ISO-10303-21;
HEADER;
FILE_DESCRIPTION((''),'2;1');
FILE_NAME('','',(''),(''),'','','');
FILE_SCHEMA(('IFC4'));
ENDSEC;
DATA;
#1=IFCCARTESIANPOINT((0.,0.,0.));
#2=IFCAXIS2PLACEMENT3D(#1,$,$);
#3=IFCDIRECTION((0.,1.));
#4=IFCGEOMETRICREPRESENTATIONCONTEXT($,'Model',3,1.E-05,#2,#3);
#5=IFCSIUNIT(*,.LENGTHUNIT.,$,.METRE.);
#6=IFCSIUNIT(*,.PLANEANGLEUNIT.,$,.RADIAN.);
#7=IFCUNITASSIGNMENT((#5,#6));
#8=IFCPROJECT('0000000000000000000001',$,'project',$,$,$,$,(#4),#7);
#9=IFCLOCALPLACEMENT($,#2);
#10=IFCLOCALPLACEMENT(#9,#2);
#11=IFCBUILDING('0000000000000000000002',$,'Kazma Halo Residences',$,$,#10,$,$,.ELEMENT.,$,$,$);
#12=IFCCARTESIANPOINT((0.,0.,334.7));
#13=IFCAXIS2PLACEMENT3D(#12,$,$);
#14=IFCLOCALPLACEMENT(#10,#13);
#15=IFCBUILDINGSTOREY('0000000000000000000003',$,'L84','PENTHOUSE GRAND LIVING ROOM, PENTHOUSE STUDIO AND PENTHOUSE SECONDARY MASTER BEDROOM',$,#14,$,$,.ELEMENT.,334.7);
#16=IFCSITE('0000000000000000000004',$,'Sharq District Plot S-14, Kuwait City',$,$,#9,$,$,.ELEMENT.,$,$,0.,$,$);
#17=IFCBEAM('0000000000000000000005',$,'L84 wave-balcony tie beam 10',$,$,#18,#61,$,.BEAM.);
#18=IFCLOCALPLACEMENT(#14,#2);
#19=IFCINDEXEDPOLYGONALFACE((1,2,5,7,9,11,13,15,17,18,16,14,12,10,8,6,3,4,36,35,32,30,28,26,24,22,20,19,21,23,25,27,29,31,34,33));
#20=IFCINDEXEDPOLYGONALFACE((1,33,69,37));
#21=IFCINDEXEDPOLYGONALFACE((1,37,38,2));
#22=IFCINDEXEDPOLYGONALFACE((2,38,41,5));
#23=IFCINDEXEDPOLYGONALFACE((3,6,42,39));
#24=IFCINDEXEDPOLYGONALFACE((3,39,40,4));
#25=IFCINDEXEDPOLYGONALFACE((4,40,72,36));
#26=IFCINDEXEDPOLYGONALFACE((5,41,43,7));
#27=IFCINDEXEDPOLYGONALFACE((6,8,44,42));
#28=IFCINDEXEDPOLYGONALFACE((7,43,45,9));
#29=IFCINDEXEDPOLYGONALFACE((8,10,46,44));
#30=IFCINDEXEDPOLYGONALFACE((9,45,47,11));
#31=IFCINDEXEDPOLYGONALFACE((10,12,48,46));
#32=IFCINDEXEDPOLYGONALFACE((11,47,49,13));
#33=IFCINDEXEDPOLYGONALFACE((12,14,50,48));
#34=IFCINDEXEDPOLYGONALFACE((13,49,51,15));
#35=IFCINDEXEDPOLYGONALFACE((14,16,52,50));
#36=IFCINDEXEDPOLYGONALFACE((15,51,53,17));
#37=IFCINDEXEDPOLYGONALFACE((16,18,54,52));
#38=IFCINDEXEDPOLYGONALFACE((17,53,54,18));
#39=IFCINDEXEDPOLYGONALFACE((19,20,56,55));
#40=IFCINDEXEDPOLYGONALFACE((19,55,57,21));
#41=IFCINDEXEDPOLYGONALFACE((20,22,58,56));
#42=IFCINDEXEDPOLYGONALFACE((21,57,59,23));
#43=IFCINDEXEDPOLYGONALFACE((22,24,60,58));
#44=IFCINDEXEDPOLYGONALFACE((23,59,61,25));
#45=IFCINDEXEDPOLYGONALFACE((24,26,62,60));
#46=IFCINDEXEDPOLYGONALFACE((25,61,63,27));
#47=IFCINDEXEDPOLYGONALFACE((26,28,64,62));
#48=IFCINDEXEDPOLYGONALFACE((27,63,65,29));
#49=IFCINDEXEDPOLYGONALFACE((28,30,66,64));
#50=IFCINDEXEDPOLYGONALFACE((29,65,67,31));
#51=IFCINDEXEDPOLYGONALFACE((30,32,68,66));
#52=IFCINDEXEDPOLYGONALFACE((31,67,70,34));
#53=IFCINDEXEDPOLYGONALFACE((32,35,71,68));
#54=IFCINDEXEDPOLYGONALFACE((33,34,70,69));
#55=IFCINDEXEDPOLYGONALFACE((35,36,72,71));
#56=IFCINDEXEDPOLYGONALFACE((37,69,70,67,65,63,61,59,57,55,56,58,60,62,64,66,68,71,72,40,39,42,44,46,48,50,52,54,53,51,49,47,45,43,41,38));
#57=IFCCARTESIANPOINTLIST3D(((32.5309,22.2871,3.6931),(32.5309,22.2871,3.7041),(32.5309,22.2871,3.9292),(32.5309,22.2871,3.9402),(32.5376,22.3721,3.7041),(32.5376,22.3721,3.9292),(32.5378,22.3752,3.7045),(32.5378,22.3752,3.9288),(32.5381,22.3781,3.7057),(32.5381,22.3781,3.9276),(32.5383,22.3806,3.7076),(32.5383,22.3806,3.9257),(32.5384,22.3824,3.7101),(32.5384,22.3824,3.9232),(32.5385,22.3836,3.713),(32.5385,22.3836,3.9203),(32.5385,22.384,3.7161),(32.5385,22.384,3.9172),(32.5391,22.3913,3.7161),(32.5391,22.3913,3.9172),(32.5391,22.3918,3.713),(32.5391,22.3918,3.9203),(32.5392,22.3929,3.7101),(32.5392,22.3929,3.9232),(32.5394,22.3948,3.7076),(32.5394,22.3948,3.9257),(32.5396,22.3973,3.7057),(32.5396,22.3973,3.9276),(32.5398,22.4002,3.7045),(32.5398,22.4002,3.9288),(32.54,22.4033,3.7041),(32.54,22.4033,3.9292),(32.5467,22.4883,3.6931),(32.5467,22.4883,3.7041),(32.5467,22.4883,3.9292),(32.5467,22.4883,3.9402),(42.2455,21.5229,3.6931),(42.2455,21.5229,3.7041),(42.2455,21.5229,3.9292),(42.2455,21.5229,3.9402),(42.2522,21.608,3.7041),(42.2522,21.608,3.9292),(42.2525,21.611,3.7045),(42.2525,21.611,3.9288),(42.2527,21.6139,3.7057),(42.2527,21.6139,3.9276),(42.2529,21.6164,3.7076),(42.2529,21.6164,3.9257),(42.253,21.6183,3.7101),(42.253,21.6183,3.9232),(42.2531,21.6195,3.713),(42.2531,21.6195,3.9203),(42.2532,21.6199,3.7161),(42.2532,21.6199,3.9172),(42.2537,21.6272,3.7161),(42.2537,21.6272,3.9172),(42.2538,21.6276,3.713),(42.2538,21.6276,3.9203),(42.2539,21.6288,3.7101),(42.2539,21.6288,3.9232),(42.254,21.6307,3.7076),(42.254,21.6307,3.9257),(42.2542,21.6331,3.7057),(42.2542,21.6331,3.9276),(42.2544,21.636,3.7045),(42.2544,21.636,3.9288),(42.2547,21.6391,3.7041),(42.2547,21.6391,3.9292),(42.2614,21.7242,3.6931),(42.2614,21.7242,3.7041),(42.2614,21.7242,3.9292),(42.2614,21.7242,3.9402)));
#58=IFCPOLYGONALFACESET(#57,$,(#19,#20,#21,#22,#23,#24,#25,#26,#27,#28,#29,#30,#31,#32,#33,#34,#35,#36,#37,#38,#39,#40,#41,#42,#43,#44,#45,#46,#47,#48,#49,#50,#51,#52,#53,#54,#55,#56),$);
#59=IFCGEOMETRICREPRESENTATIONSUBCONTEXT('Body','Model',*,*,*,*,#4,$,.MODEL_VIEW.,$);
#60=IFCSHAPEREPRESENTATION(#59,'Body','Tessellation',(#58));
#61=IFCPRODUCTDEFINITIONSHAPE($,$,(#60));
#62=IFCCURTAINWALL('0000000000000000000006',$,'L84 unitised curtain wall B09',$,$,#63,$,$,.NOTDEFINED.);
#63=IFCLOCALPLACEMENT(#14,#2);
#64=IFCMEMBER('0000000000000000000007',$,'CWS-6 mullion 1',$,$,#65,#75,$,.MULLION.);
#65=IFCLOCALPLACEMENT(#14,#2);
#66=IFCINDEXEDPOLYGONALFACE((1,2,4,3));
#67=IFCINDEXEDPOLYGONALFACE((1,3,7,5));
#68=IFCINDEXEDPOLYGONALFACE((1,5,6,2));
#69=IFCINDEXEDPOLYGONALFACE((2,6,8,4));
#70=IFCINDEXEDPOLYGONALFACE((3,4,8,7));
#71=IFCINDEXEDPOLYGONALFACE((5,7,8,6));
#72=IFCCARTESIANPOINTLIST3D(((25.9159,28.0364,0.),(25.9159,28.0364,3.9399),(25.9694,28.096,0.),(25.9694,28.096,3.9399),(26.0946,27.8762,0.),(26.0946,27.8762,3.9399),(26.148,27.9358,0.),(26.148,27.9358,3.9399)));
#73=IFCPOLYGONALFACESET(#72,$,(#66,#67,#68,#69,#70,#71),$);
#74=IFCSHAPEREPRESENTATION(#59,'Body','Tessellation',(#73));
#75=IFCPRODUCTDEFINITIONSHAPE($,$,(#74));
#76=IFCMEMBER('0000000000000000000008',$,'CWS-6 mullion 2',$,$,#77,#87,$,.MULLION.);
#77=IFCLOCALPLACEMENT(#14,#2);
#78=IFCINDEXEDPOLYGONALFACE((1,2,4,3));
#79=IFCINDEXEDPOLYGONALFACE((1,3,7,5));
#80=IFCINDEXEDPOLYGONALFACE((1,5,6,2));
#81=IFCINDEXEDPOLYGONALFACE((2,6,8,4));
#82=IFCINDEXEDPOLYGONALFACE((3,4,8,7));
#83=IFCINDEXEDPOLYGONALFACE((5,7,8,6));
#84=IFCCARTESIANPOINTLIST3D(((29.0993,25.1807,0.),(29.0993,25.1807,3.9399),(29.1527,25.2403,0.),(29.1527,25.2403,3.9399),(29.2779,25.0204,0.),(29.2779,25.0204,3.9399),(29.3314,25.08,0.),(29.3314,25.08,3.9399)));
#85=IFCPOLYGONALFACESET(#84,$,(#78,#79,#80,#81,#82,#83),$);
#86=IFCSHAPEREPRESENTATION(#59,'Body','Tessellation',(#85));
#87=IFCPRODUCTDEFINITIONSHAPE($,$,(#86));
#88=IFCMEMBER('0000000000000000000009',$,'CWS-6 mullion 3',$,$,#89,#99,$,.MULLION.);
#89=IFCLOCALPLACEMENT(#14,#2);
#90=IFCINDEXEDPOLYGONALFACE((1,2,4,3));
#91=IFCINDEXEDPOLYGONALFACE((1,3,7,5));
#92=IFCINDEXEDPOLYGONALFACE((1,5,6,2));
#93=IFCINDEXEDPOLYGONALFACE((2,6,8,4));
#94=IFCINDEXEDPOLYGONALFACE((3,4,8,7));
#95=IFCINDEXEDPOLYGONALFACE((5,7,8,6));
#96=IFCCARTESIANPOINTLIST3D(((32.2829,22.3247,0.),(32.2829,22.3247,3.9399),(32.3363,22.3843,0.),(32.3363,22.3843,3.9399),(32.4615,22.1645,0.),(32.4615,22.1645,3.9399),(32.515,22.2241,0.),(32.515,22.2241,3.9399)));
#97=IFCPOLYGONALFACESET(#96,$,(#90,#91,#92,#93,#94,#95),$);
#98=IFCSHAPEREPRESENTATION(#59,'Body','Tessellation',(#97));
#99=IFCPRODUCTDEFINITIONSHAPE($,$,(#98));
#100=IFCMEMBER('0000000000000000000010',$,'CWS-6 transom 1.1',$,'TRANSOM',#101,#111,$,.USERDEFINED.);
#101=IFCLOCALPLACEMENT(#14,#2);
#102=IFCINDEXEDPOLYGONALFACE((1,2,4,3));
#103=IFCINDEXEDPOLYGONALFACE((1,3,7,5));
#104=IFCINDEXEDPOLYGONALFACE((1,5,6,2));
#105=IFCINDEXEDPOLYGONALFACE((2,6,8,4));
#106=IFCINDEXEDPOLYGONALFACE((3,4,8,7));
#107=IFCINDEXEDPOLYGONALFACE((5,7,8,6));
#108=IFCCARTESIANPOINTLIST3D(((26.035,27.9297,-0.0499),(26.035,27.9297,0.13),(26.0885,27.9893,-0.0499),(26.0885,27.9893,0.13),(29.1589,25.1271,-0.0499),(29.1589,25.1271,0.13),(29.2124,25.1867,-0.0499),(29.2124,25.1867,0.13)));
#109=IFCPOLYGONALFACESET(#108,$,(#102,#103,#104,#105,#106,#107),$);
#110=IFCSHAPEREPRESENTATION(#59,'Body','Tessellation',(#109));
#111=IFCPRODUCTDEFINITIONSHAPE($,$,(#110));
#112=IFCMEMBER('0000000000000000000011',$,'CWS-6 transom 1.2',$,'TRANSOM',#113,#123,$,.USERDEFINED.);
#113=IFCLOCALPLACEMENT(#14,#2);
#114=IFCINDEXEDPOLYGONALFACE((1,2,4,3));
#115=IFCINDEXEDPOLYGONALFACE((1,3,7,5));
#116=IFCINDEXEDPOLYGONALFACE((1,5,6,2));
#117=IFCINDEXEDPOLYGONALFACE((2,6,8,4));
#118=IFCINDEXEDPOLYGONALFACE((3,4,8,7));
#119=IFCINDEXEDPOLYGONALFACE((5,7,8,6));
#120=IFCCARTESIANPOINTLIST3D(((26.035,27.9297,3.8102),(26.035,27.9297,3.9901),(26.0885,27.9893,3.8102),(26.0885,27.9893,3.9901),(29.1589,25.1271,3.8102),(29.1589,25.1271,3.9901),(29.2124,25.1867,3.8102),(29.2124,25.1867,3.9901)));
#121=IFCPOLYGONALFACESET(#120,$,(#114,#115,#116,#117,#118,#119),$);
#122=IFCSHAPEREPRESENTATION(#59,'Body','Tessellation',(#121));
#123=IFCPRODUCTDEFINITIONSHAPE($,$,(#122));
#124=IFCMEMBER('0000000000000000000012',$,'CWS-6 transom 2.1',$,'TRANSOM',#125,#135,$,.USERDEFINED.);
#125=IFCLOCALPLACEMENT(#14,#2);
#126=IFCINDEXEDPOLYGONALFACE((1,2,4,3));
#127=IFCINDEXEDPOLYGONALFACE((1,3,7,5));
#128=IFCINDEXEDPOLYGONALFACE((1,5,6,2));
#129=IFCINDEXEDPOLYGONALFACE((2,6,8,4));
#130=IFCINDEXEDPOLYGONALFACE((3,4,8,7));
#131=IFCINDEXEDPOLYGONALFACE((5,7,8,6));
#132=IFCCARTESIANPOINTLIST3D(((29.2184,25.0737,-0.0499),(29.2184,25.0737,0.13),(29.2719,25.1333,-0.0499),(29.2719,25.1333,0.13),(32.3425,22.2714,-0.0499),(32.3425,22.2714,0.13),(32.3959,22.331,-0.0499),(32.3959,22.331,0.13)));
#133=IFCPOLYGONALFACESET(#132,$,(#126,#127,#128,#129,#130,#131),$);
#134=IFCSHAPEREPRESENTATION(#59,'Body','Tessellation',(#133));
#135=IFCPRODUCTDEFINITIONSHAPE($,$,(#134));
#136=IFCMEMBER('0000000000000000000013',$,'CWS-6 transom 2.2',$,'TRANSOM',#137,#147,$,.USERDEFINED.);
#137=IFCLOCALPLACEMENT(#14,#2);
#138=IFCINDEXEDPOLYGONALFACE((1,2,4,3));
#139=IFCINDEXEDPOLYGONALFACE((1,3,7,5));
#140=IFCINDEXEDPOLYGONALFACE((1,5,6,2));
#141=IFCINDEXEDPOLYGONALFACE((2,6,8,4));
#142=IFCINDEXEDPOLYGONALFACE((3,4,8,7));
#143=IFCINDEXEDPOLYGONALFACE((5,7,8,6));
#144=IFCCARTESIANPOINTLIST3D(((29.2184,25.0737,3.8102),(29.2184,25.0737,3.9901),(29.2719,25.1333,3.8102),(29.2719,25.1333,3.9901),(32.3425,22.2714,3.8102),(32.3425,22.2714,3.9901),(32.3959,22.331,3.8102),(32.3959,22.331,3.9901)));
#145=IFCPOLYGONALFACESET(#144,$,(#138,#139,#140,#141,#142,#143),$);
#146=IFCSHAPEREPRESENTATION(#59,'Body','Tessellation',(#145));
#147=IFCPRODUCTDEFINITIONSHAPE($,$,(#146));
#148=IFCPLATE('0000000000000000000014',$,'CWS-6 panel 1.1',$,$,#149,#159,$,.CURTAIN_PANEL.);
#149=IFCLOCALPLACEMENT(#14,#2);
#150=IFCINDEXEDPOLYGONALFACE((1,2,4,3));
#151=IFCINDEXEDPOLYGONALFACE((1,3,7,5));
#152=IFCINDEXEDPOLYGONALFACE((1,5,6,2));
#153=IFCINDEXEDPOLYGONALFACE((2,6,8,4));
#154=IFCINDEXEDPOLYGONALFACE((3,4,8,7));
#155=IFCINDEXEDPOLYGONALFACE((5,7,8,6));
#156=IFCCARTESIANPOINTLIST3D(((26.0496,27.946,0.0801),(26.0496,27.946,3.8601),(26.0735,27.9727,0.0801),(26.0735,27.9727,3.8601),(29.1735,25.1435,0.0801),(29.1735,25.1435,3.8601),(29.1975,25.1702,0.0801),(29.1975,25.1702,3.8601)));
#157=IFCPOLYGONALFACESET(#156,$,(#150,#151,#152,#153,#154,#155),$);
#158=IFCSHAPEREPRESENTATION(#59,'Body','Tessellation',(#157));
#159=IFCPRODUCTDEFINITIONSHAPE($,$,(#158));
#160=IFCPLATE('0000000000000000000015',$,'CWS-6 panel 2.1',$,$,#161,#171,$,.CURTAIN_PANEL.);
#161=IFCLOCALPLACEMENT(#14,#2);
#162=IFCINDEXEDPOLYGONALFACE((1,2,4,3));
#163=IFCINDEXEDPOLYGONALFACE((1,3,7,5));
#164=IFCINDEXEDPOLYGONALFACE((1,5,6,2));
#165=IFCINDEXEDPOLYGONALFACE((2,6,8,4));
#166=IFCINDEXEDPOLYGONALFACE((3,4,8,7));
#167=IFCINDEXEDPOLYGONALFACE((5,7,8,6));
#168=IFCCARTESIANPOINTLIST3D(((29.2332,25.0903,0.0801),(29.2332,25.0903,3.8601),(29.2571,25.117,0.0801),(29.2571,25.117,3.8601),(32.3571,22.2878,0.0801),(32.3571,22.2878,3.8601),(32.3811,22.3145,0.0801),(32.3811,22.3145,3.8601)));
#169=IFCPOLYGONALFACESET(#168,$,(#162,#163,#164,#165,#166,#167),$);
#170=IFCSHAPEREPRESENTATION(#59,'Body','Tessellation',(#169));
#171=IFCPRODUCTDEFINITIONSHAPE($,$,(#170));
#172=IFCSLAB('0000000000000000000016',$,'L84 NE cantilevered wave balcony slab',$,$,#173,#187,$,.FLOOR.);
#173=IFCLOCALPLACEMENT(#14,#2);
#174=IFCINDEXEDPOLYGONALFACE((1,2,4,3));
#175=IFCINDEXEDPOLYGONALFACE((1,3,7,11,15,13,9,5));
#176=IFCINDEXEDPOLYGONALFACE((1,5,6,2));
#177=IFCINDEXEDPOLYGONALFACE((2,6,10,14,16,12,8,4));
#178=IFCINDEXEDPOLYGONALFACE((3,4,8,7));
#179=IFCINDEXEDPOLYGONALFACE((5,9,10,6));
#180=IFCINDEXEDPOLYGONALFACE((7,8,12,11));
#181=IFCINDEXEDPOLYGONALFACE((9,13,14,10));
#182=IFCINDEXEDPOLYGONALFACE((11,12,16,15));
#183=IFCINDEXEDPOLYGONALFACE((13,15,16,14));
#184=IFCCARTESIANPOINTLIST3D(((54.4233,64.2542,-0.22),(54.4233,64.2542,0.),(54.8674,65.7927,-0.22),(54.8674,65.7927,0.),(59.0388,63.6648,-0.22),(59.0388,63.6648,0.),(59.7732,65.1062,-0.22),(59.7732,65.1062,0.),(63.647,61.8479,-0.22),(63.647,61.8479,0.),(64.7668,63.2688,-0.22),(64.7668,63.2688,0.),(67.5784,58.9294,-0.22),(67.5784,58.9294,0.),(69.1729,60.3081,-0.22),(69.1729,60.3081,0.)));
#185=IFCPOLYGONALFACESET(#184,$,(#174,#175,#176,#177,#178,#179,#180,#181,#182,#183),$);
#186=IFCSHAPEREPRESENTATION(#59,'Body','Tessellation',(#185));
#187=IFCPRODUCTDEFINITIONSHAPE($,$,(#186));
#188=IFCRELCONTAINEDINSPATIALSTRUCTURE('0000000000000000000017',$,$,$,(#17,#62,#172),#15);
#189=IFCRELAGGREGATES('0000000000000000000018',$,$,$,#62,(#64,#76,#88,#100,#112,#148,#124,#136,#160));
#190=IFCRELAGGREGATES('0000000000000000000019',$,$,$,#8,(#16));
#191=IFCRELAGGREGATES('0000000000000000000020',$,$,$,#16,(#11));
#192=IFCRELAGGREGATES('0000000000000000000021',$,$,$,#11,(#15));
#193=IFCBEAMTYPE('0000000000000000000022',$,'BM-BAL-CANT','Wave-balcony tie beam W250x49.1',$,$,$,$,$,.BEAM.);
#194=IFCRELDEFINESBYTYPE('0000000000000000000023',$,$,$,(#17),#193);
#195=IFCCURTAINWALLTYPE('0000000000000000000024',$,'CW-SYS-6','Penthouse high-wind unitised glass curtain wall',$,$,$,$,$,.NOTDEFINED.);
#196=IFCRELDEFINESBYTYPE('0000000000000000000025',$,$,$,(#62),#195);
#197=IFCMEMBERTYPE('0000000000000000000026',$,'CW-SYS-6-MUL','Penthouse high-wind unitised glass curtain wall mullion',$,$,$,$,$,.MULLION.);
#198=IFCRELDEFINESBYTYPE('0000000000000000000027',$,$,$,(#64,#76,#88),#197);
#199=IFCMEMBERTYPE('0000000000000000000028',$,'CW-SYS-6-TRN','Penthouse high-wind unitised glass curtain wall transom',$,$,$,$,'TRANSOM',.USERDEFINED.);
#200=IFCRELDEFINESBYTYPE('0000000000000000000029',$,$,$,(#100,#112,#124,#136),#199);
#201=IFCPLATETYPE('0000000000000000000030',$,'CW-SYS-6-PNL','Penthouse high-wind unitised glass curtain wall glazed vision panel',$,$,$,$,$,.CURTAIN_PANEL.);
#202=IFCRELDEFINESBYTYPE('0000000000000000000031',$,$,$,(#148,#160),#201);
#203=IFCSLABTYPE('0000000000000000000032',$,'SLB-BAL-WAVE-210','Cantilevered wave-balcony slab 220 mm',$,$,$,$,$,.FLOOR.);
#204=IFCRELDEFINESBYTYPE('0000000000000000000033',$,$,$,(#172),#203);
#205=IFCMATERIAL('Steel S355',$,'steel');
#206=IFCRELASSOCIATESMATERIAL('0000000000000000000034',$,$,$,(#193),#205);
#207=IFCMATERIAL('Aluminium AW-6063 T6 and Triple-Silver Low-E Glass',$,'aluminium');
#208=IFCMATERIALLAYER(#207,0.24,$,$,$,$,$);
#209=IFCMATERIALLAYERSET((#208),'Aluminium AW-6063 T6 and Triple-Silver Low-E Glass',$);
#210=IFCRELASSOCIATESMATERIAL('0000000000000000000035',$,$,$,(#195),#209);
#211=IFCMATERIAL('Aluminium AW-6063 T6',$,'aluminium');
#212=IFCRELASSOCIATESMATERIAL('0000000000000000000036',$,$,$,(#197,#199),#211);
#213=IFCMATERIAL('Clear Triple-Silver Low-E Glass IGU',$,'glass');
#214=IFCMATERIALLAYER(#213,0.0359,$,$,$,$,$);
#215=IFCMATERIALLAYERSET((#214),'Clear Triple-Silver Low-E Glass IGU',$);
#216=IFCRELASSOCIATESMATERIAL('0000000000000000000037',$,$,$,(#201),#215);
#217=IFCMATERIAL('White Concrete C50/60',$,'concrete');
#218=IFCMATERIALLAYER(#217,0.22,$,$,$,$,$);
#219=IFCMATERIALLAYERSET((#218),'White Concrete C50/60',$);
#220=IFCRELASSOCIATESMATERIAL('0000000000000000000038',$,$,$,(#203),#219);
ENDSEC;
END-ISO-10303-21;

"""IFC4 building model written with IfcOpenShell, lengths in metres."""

from ifc_helpers import new_model, si_unit, direction, frame, origin, origin_2d, place, context, subcontext, project, spatial, polyline, rectangle, i_section, outline, extrude, material, layer, layer_set, material_profile, profile_set, type_object, element, aggregate, save


model = new_model("IFC4")

# Units and contexts
model_context = context("Model", 3, precision=1e-05, world=origin(), true_north=direction((0.0, 1.0)))
body_context = subcontext(model_context, "Body", "Model", "MODEL_VIEW")
ifc_project = project(units=[si_unit("LENGTHUNIT", "METRE"), si_unit("PLANEANGLEUNIT", "RADIAN")], contexts=[model_context])

# Site, building, storey
site_placement = place(None, origin())
site = spatial("IfcSite", under=ifc_project, at=site_placement, Name="Sharq District Plot S-14, Kuwait City", CompositionType="ELEMENT", RefElevation=0.0)
building_placement = place(site_placement, origin())
building = spatial("IfcBuilding", under=site, at=building_placement, Name="Kazma Halo Residences", CompositionType="ELEMENT")
storey_placement = place(building_placement, frame((0.0, 0.0, 334.7)))
storey = spatial("IfcBuildingStorey", under=building, at=storey_placement, Name="L84", Description="PENTHOUSE GRAND LIVING ROOM, PENTHOUSE STUDIO AND PENTHOUSE SECONDARY MASTER BEDROOM", CompositionType="ELEMENT", Elevation=334.7)

# Beam
ifc_material_1 = material(Name="Steel S355", Category="steel")
ifc_material_profile_1 = material_profile(ifc_material_1, i_section(OverallWidth=0.2019, OverallDepth=0.2471, WebThickness=0.0073, FlangeThickness=0.011, FilletRadius=0.012, at=origin_2d()), Name="W250x49.1")
ifc_profile_set_1 = profile_set([ifc_material_profile_1], Name="Steel S355")
beam_type = type_object("IfcBeamType", Name="BM-BAL-CANT", Description="Wave-balcony tie beam W250x49.1", PredefinedType="BEAM", material=ifc_profile_set_1)
beam_placement = place(storey_placement, frame((32.5388, 22.3877, 3.8167), z_axis=(0.996921, -0.078419, 0.0), x_axis=(0.078419, 0.996921, 0.0)))
element("IfcBeam", 1, at=beam_placement, inside=storey, type_object=beam_type, Name="L84 wave-balcony tie beam 10", PredefinedType="BEAM", context=body_context, shape_type="SweptSolid", body=[
    extrude(i_section(OverallWidth=0.2019, OverallDepth=0.2471, WebThickness=0.0073, FlangeThickness=0.011, FilletRadius=0.012, at=origin_2d()), origin(), (0.0, 0.0, 1.0), 9.7446),
])

# Curtain wall, members, plates
ifc_material_2 = material(Name="Aluminium AW-6063 T6 and Triple-Silver Low-E Glass", Category="aluminium")
ifc_layer_1 = layer(ifc_material_2, 0.24)
ifc_layer_set_1 = layer_set([ifc_layer_1], Name="Aluminium AW-6063 T6 and Triple-Silver Low-E Glass")
curtain_wall_type = type_object("IfcCurtainWallType", Name="CW-SYS-6", Description="Penthouse high-wind unitised glass curtain wall", PredefinedType="NOTDEFINED", material=ifc_layer_set_1)
curtain_wall_placement = place(storey_placement, origin())
curtain_wall = element("IfcCurtainWall", 2, at=curtain_wall_placement, inside=storey, type_object=curtain_wall_type, Name="L84 unitised curtain wall B09", PredefinedType="NOTDEFINED")
ifc_material_3 = material(Name="Aluminium AW-6063 T6", Category="aluminium")
ifc_material_profile_2 = material_profile(ifc_material_3, rectangle(XDim=0.0801, YDim=0.24, at=origin_2d()), Name="CWM-80x240")
ifc_profile_set_2 = profile_set([ifc_material_profile_2], Name="Aluminium AW-6063 T6")
member_type_1 = type_object("IfcMemberType", Name="CW-SYS-6-MUL", Description="Penthouse high-wind unitised glass curtain wall mullion", PredefinedType="MULLION", material=ifc_profile_set_2)
member_1_placement = place(storey_placement, frame((26.032, 27.9861, 0.0), z_axis=(0.0, 0.0, 1.0), x_axis=(0.667758, 0.744379, 0.0)))
member_1 = element("IfcMember", 3, at=member_1_placement, type_object=member_type_1, Name="CWS-6 mullion 1", PredefinedType="MULLION", context=body_context, shape_type="SweptSolid", body=[
    extrude(rectangle(XDim=0.0801, YDim=0.24, at=origin_2d()), origin(), (0.0, 0.0, 1.0), 3.9399),
])
member_2_placement = place(storey_placement, frame((29.2153, 25.1304, 0.0), z_axis=(0.0, 0.0, 1.0), x_axis=(0.667758, 0.744379, 0.0)))
member_2 = element("IfcMember", 4, at=member_2_placement, type_object=member_type_1, Name="CWS-6 mullion 2", PredefinedType="MULLION", context=body_context, shape_type="SweptSolid", body=[
    extrude(rectangle(XDim=0.0801, YDim=0.24, at=origin_2d()), origin(), (0.0, 0.0, 1.0), 3.9399),
])
member_3_placement = place(storey_placement, frame((32.3989, 22.2744, 0.0), z_axis=(0.0, 0.0, 1.0), x_axis=(0.667758, 0.744379, 0.0)))
member_3 = element("IfcMember", 5, at=member_3_placement, type_object=member_type_1, Name="CWS-6 mullion 3", PredefinedType="MULLION", context=body_context, shape_type="SweptSolid", body=[
    extrude(rectangle(XDim=0.0801, YDim=0.24, at=origin_2d()), origin(), (0.0, 0.0, 1.0), 3.9399),
])
ifc_material_profile_3 = material_profile(ifc_material_3, rectangle(XDim=0.0801, YDim=0.1799, at=origin_2d()), Name="CWT-80x180")
ifc_profile_set_3 = profile_set([ifc_material_profile_3], Name="Aluminium AW-6063 T6")
member_type_2 = type_object("IfcMemberType", Name="CW-SYS-6-TRN", Description="Penthouse high-wind unitised glass curtain wall transom", ElementType="TRANSOM", PredefinedType="USERDEFINED", material=ifc_profile_set_3)
member_4_placement = place(storey_placement, frame((26.0618, 27.9595, 0.04), z_axis=(0.744349, -0.667791, 0.0), x_axis=(0.667791, 0.744349, 0.0)))
member_4 = element("IfcMember", 6, at=member_4_placement, type_object=member_type_2, Name="CWS-6 transom 1.1", ObjectType="TRANSOM", PredefinedType="USERDEFINED", context=body_context, shape_type="SweptSolid", body=[
    extrude(rectangle(XDim=0.0801, YDim=0.1799, at=origin_2d()), origin(), (0.0, 0.0, 1.0), 4.1968),
])
member_5_placement = place(storey_placement, frame((26.0618, 27.9595, 3.9001), z_axis=(0.744349, -0.667791, 0.0), x_axis=(0.667791, 0.744349, 0.0)))
member_5 = element("IfcMember", 7, at=member_5_placement, type_object=member_type_2, Name="CWS-6 transom 1.2", ObjectType="TRANSOM", PredefinedType="USERDEFINED", context=body_context, shape_type="SweptSolid", body=[
    extrude(rectangle(XDim=0.0801, YDim=0.1799, at=origin_2d()), origin(), (0.0, 0.0, 1.0), 4.1968),
])
member_6_placement = place(storey_placement, frame((29.2451, 25.1035, 0.04), z_axis=(0.744404, -0.66773, 0.0), x_axis=(0.66773, 0.744404, 0.0)))
member_6 = element("IfcMember", 8, at=member_6_placement, type_object=member_type_2, Name="CWS-6 transom 2.1", ObjectType="TRANSOM", PredefinedType="USERDEFINED", context=body_context, shape_type="SweptSolid", body=[
    extrude(rectangle(XDim=0.0801, YDim=0.1799, at=origin_2d()), origin(), (0.0, 0.0, 1.0), 4.1968),
])
member_7_placement = place(storey_placement, frame((29.2451, 25.1035, 3.9001), z_axis=(0.744404, -0.66773, 0.0), x_axis=(0.66773, 0.744404, 0.0)))
member_7 = element("IfcMember", 9, at=member_7_placement, type_object=member_type_2, Name="CWS-6 transom 2.2", ObjectType="TRANSOM", PredefinedType="USERDEFINED", context=body_context, shape_type="SweptSolid", body=[
    extrude(rectangle(XDim=0.0801, YDim=0.1799, at=origin_2d()), origin(), (0.0, 0.0, 1.0), 4.1968),
])
ifc_material_4 = material(Name="Clear Triple-Silver Low-E Glass IGU", Category="glass")
ifc_layer_2 = layer(ifc_material_4, 0.0359)
ifc_layer_set_2 = layer_set([ifc_layer_2], Name="Clear Triple-Silver Low-E Glass IGU")
plate_type = type_object("IfcPlateType", Name="CW-SYS-6-PNL", Description="Penthouse high-wind unitised glass curtain wall glazed vision panel", PredefinedType="CURTAIN_PANEL", material=ifc_layer_set_2)
plate_1_placement = place(storey_placement, frame((27.6235, 26.5581, 0.0801), z_axis=(0.0, 0.0, 1.0), x_axis=(0.744379, -0.667758, 0.0)))
plate_1 = element("IfcPlate", 10, at=plate_1_placement, type_object=plate_type, Name="CWS-6 panel 1.1", PredefinedType="CURTAIN_PANEL", context=body_context, shape_type="SweptSolid", body=[
    extrude(rectangle(XDim=4.1968, YDim=0.0359, at=origin_2d()), origin(), (0.0, 0.0, 1.0), 3.78),
])
plate_2_placement = place(storey_placement, frame((30.8071, 23.7024, 0.0801), z_axis=(0.0, 0.0, 1.0), x_axis=(0.744379, -0.667758, 0.0)))
plate_2 = element("IfcPlate", 11, at=plate_2_placement, type_object=plate_type, Name="CWS-6 panel 2.1", PredefinedType="CURTAIN_PANEL", context=body_context, shape_type="SweptSolid", body=[
    extrude(rectangle(XDim=4.1968, YDim=0.0359, at=origin_2d()), origin(), (0.0, 0.0, 1.0), 3.78),
])
aggregate(curtain_wall, [member_1, member_2, member_3, member_4, member_5, plate_1, member_6, member_7, plate_2])

# Slab
ifc_material_5 = material(Name="White Concrete C50/60", Category="concrete")
ifc_layer_3 = layer(ifc_material_5, 0.22)
ifc_layer_set_3 = layer_set([ifc_layer_3], Name="White Concrete C50/60")
slab_type_1 = type_object("IfcSlabType", Name="SLB-BAL-WAVE-210", Description="Cantilevered wave-balcony slab 220 mm", PredefinedType="FLOOR", material=ifc_layer_set_3)
slab_1_placement = place(storey_placement, frame((0.0, 0.0, -0.22)))
element("IfcSlab", 12, at=slab_1_placement, inside=storey, type_object=slab_type_1, Name="L84 NE cantilevered wave balcony slab", PredefinedType="FLOOR", context=body_context, shape_type="SweptSolid", body=[
    extrude(outline(polyline([(67.5784, 58.9294), (63.647, 61.8479), (59.0388, 63.6648), (54.4233, 64.2542), (54.8674, 65.7927), (59.7732, 65.1062), (64.7668, 63.2688), (69.1729, 60.3081), (67.5784, 58.9294)])), origin(), (0.0, 0.0, 1.0), 0.22),
])

save(model, "model.ifc")
